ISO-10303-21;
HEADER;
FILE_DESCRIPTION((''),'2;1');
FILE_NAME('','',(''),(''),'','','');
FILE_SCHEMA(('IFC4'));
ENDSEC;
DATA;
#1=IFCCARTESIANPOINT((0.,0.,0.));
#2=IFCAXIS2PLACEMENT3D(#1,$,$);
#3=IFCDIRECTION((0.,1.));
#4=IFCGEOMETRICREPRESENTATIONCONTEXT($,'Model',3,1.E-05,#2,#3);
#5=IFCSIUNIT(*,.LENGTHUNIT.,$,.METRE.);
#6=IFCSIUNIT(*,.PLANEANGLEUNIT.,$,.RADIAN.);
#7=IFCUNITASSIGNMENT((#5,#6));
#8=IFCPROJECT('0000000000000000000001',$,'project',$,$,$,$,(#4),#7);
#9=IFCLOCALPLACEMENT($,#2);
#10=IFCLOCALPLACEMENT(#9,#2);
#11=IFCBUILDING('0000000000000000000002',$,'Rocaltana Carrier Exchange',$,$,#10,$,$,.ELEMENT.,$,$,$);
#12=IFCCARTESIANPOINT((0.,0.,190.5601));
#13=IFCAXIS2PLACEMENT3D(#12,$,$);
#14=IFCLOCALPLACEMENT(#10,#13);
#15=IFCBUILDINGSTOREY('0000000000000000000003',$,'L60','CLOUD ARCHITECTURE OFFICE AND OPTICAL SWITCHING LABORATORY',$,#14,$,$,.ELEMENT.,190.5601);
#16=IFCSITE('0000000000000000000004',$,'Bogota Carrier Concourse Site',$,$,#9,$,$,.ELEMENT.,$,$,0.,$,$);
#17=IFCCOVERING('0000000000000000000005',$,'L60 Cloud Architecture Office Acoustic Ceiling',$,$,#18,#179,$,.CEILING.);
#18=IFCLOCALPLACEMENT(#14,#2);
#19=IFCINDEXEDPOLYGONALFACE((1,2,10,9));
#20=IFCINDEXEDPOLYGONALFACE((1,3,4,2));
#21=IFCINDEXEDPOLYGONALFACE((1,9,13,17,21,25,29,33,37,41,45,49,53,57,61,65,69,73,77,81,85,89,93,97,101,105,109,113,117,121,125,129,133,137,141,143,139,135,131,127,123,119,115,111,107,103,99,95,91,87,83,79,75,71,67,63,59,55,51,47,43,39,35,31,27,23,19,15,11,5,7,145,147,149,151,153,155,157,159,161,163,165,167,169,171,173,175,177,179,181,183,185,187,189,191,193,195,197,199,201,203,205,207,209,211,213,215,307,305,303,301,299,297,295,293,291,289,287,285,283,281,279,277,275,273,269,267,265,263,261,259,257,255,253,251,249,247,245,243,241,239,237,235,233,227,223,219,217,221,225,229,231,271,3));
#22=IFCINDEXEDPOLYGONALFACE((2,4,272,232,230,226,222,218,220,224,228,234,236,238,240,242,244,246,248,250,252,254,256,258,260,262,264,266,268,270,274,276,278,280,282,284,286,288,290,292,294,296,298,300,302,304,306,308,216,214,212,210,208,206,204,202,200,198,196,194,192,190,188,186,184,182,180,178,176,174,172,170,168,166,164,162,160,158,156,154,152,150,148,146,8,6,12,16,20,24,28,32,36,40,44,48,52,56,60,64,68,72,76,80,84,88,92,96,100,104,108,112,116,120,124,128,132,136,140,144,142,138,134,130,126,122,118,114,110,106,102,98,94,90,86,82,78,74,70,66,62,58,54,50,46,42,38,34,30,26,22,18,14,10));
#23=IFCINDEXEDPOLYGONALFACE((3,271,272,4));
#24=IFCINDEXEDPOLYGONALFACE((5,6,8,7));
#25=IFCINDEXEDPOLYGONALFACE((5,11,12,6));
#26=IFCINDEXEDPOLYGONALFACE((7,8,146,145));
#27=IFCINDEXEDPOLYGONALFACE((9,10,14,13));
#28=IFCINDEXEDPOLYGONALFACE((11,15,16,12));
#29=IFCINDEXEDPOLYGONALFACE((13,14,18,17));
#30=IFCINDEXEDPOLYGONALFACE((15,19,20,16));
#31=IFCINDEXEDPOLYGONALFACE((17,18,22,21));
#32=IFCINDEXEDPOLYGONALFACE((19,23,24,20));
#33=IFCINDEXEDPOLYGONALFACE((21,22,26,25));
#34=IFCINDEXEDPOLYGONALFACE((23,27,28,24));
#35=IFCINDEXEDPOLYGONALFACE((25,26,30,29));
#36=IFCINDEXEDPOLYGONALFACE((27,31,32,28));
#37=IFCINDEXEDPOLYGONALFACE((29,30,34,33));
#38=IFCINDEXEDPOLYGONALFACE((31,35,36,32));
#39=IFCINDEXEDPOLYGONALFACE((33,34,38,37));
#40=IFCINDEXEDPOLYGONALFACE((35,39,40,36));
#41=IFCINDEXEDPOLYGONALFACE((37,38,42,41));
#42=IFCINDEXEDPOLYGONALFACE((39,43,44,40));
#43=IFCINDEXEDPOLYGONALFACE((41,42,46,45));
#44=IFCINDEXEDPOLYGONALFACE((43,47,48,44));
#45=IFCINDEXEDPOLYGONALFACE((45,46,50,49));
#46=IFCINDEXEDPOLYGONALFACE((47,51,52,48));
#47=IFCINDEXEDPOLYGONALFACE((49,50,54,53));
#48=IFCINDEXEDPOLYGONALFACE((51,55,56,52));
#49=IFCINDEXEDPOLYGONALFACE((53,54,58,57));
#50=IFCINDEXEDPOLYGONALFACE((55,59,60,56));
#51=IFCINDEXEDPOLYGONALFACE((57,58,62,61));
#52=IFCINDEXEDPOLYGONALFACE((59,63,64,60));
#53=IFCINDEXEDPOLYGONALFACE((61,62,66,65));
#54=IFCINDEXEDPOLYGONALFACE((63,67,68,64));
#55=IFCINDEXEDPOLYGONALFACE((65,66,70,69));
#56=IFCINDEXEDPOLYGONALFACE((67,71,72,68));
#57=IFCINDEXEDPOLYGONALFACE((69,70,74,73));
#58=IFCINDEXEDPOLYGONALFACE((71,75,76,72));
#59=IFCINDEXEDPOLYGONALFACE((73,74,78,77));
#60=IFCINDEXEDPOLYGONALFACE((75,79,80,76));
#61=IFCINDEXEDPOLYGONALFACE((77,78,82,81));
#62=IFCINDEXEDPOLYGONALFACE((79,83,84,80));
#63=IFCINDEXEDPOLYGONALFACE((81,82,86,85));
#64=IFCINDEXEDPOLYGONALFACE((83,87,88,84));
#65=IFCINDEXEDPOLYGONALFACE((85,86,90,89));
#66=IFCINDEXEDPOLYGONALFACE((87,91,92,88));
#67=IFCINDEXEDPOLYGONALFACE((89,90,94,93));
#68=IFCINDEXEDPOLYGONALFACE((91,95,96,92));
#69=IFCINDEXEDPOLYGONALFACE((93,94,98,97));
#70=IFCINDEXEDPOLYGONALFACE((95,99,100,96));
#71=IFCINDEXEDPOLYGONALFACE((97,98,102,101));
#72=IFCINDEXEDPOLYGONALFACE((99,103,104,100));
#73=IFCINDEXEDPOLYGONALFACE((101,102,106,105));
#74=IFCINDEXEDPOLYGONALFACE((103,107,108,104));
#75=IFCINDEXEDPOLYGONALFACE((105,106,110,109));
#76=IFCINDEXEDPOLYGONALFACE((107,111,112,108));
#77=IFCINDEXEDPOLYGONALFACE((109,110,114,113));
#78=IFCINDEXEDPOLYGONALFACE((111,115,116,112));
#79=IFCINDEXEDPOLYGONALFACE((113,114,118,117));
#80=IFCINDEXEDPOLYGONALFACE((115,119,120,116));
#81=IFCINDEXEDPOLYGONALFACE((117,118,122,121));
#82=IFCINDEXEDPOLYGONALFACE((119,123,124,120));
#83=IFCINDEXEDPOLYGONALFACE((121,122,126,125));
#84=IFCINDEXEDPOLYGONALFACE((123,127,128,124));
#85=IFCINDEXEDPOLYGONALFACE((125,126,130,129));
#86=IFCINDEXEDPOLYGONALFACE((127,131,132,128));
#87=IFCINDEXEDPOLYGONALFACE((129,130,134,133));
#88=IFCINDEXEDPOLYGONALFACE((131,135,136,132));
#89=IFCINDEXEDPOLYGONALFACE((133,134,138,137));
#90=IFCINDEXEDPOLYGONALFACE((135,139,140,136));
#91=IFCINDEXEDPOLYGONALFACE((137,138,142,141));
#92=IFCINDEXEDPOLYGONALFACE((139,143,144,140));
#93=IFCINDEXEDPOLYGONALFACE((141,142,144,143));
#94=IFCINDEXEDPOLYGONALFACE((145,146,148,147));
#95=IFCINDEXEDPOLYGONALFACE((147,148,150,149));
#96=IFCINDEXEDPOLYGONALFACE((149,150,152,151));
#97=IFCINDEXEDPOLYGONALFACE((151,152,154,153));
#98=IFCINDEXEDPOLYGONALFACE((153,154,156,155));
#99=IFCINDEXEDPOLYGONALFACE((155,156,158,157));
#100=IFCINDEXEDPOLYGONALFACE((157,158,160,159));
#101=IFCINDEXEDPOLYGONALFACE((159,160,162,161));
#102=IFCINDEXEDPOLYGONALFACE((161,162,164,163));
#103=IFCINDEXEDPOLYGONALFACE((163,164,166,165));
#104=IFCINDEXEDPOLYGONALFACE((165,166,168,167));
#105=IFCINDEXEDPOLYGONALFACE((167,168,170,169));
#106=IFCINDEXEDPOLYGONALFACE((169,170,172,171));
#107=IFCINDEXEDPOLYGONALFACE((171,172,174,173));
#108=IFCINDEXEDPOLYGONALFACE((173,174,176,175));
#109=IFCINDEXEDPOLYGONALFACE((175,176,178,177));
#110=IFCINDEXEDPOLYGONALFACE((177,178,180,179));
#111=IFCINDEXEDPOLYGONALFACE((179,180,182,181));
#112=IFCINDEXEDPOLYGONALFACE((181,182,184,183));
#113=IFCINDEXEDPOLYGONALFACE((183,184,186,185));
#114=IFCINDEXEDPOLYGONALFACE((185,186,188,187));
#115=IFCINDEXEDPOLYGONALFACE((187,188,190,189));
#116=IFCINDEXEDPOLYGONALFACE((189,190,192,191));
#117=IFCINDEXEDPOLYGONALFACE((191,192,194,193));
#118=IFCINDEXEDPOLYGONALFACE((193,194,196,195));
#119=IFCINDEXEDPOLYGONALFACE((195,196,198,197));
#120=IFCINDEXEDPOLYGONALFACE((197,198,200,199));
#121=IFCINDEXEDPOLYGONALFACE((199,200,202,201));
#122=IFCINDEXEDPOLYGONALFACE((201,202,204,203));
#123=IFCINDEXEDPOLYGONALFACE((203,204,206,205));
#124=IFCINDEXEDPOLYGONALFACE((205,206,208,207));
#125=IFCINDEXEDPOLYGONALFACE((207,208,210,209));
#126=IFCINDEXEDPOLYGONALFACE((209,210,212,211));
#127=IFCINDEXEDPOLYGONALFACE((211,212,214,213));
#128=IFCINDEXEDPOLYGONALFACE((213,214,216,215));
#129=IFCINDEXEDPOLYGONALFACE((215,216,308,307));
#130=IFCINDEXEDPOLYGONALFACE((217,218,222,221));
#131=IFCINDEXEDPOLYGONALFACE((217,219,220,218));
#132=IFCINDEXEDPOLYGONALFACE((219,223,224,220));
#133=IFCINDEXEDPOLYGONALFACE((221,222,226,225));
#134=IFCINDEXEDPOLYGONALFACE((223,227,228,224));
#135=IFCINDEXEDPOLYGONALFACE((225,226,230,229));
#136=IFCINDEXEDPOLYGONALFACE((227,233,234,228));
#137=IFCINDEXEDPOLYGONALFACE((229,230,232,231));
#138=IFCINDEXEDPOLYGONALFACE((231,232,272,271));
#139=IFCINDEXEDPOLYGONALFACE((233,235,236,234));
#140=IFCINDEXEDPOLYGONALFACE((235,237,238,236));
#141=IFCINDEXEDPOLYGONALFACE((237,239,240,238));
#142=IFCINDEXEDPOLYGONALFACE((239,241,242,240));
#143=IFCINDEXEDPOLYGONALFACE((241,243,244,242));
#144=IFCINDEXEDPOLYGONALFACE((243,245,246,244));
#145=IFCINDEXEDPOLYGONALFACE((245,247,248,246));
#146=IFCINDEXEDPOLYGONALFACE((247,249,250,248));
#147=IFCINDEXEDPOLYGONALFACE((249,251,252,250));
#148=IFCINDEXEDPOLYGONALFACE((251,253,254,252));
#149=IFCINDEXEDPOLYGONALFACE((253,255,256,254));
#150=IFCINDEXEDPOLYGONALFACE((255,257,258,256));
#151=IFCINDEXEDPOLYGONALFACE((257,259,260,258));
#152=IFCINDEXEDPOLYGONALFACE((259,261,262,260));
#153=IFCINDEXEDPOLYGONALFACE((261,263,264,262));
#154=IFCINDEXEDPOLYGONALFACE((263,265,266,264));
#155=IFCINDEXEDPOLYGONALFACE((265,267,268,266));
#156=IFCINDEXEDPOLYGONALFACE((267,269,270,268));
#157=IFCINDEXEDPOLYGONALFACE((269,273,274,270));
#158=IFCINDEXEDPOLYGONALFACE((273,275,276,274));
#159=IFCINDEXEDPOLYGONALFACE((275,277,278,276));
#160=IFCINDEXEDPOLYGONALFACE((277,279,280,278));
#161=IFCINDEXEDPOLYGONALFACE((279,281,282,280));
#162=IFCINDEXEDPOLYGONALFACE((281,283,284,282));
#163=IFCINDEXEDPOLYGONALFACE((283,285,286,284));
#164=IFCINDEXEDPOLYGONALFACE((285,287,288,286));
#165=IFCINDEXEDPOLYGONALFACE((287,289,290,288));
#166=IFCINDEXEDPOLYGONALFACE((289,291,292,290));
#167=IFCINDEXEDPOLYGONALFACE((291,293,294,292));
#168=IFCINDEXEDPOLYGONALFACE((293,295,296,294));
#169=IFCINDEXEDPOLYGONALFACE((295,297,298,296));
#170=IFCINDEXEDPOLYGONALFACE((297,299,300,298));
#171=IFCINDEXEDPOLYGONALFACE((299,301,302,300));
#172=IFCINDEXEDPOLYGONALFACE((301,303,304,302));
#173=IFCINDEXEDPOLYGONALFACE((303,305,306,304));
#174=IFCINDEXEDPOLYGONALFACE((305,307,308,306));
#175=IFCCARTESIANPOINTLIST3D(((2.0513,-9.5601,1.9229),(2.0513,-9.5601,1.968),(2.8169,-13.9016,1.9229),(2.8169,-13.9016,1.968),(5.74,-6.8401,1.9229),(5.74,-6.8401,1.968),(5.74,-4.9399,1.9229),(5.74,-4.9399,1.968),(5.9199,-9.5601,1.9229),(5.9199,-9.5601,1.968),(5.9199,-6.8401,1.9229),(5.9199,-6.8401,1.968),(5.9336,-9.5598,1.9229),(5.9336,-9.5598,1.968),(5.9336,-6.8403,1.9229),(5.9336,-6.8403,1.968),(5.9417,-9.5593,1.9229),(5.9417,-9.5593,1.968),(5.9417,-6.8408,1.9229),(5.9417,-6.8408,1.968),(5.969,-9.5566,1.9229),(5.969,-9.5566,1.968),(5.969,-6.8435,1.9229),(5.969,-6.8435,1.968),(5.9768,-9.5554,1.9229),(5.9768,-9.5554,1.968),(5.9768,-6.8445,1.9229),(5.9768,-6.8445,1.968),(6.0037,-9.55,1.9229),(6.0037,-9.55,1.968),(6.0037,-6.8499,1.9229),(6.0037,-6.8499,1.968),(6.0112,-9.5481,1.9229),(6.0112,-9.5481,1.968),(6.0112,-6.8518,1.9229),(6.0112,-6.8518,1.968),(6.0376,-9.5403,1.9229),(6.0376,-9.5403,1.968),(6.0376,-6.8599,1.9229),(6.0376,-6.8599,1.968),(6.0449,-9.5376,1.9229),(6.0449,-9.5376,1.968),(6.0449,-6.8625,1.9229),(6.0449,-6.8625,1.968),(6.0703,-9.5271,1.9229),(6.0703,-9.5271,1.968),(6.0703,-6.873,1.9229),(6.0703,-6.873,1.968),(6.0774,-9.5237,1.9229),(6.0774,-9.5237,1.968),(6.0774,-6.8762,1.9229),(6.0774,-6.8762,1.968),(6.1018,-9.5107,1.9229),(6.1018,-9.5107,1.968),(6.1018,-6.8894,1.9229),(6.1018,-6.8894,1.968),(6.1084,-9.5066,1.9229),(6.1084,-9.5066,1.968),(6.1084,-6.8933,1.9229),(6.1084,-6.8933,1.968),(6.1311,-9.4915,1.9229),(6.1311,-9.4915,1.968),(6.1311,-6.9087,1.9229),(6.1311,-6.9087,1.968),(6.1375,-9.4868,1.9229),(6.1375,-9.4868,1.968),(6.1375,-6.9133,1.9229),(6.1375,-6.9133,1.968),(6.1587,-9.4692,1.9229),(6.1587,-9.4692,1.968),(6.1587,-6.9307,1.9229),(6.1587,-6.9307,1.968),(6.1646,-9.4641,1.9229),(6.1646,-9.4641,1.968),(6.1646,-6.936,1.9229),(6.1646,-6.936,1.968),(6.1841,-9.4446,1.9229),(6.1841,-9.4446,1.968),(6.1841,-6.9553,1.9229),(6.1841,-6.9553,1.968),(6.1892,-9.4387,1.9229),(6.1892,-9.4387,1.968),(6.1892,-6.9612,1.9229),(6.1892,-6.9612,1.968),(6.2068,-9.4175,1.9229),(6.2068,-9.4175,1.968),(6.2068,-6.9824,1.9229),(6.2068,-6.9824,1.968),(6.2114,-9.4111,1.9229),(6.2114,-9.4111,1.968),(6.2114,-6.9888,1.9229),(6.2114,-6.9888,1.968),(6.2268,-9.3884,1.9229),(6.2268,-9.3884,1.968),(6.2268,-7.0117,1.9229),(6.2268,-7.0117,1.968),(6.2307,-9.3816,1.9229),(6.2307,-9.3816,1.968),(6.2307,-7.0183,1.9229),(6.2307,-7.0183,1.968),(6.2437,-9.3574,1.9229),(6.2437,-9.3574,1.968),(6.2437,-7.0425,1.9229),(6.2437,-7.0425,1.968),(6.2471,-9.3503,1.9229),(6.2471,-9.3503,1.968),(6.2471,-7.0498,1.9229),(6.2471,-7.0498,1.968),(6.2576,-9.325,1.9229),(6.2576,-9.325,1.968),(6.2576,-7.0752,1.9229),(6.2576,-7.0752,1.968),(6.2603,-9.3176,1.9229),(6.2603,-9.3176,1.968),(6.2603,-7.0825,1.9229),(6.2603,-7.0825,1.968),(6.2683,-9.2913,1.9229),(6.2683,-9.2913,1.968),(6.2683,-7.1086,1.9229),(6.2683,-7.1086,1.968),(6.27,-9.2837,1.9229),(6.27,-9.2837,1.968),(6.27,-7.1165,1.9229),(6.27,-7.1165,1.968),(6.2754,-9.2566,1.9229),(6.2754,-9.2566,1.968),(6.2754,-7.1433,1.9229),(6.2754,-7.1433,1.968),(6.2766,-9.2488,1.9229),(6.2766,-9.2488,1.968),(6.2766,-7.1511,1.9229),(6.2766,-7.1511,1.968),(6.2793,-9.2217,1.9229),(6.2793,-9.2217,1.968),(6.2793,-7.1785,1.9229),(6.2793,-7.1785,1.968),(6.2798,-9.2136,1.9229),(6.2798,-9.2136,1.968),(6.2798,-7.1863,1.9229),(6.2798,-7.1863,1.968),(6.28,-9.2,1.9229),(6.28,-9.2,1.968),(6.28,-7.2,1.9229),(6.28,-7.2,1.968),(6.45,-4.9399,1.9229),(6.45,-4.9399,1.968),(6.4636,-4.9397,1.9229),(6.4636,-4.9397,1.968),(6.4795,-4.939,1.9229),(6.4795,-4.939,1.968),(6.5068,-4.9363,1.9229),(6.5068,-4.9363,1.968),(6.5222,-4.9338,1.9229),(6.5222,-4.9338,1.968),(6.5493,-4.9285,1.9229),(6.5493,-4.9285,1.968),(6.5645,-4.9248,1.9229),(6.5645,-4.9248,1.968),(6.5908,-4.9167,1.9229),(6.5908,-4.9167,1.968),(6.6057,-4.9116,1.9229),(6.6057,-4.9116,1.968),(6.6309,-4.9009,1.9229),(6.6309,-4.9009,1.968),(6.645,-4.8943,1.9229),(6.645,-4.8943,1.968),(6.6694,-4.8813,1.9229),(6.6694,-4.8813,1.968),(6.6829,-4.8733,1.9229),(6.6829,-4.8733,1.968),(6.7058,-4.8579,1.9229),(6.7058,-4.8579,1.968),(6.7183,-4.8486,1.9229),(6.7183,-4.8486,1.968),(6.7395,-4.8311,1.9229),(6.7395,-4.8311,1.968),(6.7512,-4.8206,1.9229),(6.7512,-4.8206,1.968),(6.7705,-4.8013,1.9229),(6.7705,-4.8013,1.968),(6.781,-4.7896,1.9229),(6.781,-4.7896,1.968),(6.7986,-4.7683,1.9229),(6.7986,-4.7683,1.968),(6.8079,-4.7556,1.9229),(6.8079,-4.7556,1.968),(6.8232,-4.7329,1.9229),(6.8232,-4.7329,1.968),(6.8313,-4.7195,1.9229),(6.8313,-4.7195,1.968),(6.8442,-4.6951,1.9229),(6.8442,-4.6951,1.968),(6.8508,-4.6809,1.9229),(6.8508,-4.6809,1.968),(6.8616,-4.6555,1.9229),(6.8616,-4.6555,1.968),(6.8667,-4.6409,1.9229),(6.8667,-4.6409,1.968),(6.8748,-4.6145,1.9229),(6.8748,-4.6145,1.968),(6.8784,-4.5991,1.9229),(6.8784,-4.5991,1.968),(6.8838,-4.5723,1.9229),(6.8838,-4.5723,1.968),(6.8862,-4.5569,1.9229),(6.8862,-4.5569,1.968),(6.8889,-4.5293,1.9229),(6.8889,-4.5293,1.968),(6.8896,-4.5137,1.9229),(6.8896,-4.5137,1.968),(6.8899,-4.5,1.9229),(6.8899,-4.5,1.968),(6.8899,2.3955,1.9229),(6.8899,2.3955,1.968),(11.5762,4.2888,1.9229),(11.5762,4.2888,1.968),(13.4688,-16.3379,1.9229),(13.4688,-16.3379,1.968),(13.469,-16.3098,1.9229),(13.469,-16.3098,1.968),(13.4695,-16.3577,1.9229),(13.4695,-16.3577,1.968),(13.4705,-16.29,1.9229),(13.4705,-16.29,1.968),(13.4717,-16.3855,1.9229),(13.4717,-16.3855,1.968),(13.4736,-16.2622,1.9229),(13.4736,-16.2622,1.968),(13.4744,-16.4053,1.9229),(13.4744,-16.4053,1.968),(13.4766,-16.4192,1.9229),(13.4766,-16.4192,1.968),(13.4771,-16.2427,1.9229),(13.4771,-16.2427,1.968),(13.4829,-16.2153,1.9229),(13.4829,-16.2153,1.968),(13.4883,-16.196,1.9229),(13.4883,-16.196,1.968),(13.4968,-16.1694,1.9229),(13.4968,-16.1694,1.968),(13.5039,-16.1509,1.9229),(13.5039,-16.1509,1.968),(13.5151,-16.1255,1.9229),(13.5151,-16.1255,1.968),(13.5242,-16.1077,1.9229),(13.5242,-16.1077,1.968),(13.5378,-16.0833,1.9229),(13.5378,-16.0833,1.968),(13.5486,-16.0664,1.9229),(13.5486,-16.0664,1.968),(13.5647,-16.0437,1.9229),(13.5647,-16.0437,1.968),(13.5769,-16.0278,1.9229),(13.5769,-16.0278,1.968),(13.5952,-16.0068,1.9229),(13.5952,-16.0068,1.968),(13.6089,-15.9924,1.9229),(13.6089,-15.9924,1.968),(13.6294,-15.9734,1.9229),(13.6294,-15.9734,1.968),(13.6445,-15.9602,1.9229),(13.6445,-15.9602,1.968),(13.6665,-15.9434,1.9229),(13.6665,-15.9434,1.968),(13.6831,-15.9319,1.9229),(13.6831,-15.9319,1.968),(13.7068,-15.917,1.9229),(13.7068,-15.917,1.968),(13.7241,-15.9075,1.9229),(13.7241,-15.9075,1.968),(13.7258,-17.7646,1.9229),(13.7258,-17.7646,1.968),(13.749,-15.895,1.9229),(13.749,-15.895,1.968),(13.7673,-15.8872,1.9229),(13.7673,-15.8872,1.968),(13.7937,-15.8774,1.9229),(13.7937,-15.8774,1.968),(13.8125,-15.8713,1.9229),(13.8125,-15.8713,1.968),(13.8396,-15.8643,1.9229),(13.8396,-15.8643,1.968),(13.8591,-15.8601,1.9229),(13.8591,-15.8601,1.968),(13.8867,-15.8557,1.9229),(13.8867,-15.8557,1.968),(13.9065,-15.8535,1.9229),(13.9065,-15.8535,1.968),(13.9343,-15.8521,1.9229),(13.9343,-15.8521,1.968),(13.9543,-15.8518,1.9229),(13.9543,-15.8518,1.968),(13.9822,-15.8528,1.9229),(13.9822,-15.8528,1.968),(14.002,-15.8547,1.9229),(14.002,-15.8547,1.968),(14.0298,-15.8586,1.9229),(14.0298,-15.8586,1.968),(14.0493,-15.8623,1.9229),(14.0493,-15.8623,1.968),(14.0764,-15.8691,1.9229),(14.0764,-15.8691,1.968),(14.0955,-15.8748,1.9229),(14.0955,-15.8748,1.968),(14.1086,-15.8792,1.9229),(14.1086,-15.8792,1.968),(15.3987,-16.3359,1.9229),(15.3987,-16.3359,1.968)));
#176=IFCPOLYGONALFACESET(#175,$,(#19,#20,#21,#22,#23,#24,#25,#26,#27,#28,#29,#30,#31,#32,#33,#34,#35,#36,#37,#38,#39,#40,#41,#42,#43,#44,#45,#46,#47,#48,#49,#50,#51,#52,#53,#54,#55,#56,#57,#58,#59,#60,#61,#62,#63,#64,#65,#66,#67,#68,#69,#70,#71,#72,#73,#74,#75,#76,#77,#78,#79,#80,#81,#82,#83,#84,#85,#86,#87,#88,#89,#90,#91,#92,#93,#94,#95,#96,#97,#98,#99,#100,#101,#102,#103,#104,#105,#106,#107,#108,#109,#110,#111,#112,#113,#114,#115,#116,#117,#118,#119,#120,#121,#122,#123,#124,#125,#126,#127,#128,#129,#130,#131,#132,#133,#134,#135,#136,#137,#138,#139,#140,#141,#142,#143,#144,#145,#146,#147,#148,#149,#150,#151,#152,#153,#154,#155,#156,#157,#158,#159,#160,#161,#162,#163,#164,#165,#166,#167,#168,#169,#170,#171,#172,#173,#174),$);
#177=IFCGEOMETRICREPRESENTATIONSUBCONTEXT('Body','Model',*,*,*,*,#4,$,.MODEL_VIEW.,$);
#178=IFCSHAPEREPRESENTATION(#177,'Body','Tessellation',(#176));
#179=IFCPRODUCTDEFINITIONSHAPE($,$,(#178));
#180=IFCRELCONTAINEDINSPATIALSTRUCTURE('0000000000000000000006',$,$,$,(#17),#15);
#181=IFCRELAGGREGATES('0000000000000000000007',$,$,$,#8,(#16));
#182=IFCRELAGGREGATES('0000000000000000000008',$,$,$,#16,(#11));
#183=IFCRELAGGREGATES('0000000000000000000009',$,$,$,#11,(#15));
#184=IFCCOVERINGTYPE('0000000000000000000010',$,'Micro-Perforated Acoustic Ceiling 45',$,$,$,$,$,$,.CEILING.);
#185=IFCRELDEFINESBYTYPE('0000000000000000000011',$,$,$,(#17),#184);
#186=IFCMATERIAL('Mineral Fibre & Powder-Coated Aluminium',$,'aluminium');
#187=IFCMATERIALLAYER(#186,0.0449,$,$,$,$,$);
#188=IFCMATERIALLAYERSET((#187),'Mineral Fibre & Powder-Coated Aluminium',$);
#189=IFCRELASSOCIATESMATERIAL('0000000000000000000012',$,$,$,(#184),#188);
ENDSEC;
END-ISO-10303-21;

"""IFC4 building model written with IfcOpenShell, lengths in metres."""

from ifc_helpers import new_model, si_unit, direction, frame, origin, place, context, subcontext, project, spatial, polyline, outline, extrude, material, layer, layer_set, type_object, element, save


model = new_model("IFC4")

# Units and contexts
model_context = context("Model", 3, precision=1e-05, world=origin(), true_north=direction((0.0, 1.0)))
body_context = subcontext(model_context, "Body", "Model", "MODEL_VIEW")
ifc_project = project(units=[si_unit("LENGTHUNIT", "METRE"), si_unit("PLANEANGLEUNIT", "RADIAN")], contexts=[model_context])

# Site, building, storey
site_placement = place(None, origin())
site = spatial("IfcSite", under=ifc_project, at=site_placement, Name="Bogota Carrier Concourse Site", CompositionType="ELEMENT", RefElevation=0.0)
building_placement = place(site_placement, origin())
building = spatial("IfcBuilding", under=site, at=building_placement, Name="Rocaltana Carrier Exchange", CompositionType="ELEMENT")
storey_placement = place(building_placement, frame((0.0, 0.0, 190.5601)))
storey = spatial("IfcBuildingStorey", under=building, at=storey_placement, Name="L60", Description="CLOUD ARCHITECTURE OFFICE AND OPTICAL SWITCHING LABORATORY", CompositionType="ELEMENT", Elevation=190.5601)

# Covering
ifc_material_1 = material(Name="Mineral Fibre & Powder-Coated Aluminium", Category="aluminium")
ifc_layer_1 = layer(ifc_material_1, 0.0449)
ifc_layer_set_1 = layer_set([ifc_layer_1], Name="Mineral Fibre & Powder-Coated Aluminium")
covering_type_1 = type_object("IfcCoveringType", Name="Micro-Perforated Acoustic Ceiling 45", PredefinedType="CEILING", material=ifc_layer_set_1)
covering_1_placement = place(storey_placement, frame((0.0, 0.0, 1.9229)))
element("IfcCovering", 1, at=covering_1_placement, inside=storey, type_object=covering_type_1, Name="L60 Cloud Architecture Office Acoustic Ceiling", PredefinedType="CEILING", context=body_context, shape_type="SweptSolid", body=[
    extrude(outline(polyline([(5.74, -6.8401), (5.74, -4.9399), (6.45, -4.9399), (6.4636, -4.9397), (6.4795, -4.939), (6.5068, -4.9363), (6.5222, -4.9338), (6.5493, -4.9285), (6.5645, -4.9248), (6.5908, -4.9167), (6.6057, -4.9116), (6.6309, -4.9009), (6.645, -4.8943), (6.6694, -4.8813), (6.6829, -4.8733), (6.7058, -4.8579), (6.7183, -4.8486), (6.7395, -4.8311), (6.7512, -4.8206), (6.7705, -4.8013), (6.781, -4.7896), (6.7986, -4.7683), (6.8079, -4.7556), (6.8232, -4.7329), (6.8313, -4.7195), (6.8442, -4.6951), (6.8508, -4.6809), (6.8616, -4.6555), (6.8667, -4.6409), (6.8748, -4.6145), (6.8784, -4.5991), (6.8838, -4.5723), (6.8862, -4.5569), (6.8889, -4.5293), (6.8896, -4.5137), (6.8899, -4.5), (6.8899, 2.3955), (11.5762, 4.2888), (15.3987, -16.3359), (14.1086, -15.8792), (14.0955, -15.8748), (14.0764, -15.8691), (14.0493, -15.8623), (14.0298, -15.8586), (14.002, -15.8547), (13.9822, -15.8528), (13.9543, -15.8518), (13.9343, -15.8521), (13.9065, -15.8535), (13.8867, -15.8557), (13.8591, -15.8601), (13.8396, -15.8643), (13.8125, -15.8713), (13.7937, -15.8774), (13.7673, -15.8872), (13.749, -15.895), (13.7241, -15.9075), (13.7068, -15.917), (13.6831, -15.9319), (13.6665, -15.9434), (13.6445, -15.9602), (13.6294, -15.9734), (13.6089, -15.9924), (13.5952, -16.0068), (13.5769, -16.0278), (13.5647, -16.0437), (13.5486, -16.0664), (13.5378, -16.0833), (13.5242, -16.1077), (13.5151, -16.1255), (13.5039, -16.1509), (13.4968, -16.1694), (13.4883, -16.196), (13.4829, -16.2153), (13.4771, -16.2427), (13.4736, -16.2622), (13.4705, -16.29), (13.469, -16.3098), (13.4688, -16.3379), (13.4695, -16.3577), (13.4717, -16.3855), (13.4744, -16.4053), (13.4766, -16.4192), (13.7258, -17.7646), (2.8169, -13.9016), (2.0513, -9.5601), (5.9199, -9.5601), (5.9336, -9.5598), (5.9417, -9.5593), (5.969, -9.5566), (5.9768, -9.5554), (6.0037, -9.55), (6.0112, -9.5481), (6.0376, -9.5403), (6.0449, -9.5376), (6.0703, -9.5271), (6.0774, -9.5237), (6.1018, -9.5107), (6.1084, -9.5066), (6.1311, -9.4915), (6.1375, -9.4868), (6.1587, -9.4692), (6.1646, -9.4641), (6.1841, -9.4446), (6.1892, -9.4387), (6.2068, -9.4175), (6.2114, -9.4111), (6.2268, -9.3884), (6.2307, -9.3816), (6.2437, -9.3574), (6.2471, -9.3503), (6.2576, -9.325), (6.2603, -9.3176), (6.2683, -9.2913), (6.27, -9.2837), (6.2754, -9.2566), (6.2766, -9.2488), (6.2793, -9.2217), (6.2798, -9.2136), (6.28, -9.2), (6.28, -7.2), (6.2798, -7.1863), (6.2793, -7.1785), (6.2766, -7.1511), (6.2754, -7.1433), (6.27, -7.1165), (6.2683, -7.1086), (6.2603, -7.0825), (6.2576, -7.0752), (6.2471, -7.0498), (6.2437, -7.0425), (6.2307, -7.0183), (6.2268, -7.0117), (6.2114, -6.9888), (6.2068, -6.9824), (6.1892, -6.9612), (6.1841, -6.9553), (6.1646, -6.936), (6.1587, -6.9307), (6.1375, -6.9133), (6.1311, -6.9087), (6.1084, -6.8933), (6.1018, -6.8894), (6.0774, -6.8762), (6.0703, -6.873), (6.0449, -6.8625), (6.0376, -6.8599), (6.0112, -6.8518), (6.0037, -6.8499), (5.9768, -6.8445), (5.969, -6.8435), (5.9417, -6.8408), (5.9336, -6.8403), (5.9199, -6.8401), (5.74, -6.8401)])), origin(), (0.0, 0.0, 1.0), 0.0452),
])

save(model, "model.ifc")
